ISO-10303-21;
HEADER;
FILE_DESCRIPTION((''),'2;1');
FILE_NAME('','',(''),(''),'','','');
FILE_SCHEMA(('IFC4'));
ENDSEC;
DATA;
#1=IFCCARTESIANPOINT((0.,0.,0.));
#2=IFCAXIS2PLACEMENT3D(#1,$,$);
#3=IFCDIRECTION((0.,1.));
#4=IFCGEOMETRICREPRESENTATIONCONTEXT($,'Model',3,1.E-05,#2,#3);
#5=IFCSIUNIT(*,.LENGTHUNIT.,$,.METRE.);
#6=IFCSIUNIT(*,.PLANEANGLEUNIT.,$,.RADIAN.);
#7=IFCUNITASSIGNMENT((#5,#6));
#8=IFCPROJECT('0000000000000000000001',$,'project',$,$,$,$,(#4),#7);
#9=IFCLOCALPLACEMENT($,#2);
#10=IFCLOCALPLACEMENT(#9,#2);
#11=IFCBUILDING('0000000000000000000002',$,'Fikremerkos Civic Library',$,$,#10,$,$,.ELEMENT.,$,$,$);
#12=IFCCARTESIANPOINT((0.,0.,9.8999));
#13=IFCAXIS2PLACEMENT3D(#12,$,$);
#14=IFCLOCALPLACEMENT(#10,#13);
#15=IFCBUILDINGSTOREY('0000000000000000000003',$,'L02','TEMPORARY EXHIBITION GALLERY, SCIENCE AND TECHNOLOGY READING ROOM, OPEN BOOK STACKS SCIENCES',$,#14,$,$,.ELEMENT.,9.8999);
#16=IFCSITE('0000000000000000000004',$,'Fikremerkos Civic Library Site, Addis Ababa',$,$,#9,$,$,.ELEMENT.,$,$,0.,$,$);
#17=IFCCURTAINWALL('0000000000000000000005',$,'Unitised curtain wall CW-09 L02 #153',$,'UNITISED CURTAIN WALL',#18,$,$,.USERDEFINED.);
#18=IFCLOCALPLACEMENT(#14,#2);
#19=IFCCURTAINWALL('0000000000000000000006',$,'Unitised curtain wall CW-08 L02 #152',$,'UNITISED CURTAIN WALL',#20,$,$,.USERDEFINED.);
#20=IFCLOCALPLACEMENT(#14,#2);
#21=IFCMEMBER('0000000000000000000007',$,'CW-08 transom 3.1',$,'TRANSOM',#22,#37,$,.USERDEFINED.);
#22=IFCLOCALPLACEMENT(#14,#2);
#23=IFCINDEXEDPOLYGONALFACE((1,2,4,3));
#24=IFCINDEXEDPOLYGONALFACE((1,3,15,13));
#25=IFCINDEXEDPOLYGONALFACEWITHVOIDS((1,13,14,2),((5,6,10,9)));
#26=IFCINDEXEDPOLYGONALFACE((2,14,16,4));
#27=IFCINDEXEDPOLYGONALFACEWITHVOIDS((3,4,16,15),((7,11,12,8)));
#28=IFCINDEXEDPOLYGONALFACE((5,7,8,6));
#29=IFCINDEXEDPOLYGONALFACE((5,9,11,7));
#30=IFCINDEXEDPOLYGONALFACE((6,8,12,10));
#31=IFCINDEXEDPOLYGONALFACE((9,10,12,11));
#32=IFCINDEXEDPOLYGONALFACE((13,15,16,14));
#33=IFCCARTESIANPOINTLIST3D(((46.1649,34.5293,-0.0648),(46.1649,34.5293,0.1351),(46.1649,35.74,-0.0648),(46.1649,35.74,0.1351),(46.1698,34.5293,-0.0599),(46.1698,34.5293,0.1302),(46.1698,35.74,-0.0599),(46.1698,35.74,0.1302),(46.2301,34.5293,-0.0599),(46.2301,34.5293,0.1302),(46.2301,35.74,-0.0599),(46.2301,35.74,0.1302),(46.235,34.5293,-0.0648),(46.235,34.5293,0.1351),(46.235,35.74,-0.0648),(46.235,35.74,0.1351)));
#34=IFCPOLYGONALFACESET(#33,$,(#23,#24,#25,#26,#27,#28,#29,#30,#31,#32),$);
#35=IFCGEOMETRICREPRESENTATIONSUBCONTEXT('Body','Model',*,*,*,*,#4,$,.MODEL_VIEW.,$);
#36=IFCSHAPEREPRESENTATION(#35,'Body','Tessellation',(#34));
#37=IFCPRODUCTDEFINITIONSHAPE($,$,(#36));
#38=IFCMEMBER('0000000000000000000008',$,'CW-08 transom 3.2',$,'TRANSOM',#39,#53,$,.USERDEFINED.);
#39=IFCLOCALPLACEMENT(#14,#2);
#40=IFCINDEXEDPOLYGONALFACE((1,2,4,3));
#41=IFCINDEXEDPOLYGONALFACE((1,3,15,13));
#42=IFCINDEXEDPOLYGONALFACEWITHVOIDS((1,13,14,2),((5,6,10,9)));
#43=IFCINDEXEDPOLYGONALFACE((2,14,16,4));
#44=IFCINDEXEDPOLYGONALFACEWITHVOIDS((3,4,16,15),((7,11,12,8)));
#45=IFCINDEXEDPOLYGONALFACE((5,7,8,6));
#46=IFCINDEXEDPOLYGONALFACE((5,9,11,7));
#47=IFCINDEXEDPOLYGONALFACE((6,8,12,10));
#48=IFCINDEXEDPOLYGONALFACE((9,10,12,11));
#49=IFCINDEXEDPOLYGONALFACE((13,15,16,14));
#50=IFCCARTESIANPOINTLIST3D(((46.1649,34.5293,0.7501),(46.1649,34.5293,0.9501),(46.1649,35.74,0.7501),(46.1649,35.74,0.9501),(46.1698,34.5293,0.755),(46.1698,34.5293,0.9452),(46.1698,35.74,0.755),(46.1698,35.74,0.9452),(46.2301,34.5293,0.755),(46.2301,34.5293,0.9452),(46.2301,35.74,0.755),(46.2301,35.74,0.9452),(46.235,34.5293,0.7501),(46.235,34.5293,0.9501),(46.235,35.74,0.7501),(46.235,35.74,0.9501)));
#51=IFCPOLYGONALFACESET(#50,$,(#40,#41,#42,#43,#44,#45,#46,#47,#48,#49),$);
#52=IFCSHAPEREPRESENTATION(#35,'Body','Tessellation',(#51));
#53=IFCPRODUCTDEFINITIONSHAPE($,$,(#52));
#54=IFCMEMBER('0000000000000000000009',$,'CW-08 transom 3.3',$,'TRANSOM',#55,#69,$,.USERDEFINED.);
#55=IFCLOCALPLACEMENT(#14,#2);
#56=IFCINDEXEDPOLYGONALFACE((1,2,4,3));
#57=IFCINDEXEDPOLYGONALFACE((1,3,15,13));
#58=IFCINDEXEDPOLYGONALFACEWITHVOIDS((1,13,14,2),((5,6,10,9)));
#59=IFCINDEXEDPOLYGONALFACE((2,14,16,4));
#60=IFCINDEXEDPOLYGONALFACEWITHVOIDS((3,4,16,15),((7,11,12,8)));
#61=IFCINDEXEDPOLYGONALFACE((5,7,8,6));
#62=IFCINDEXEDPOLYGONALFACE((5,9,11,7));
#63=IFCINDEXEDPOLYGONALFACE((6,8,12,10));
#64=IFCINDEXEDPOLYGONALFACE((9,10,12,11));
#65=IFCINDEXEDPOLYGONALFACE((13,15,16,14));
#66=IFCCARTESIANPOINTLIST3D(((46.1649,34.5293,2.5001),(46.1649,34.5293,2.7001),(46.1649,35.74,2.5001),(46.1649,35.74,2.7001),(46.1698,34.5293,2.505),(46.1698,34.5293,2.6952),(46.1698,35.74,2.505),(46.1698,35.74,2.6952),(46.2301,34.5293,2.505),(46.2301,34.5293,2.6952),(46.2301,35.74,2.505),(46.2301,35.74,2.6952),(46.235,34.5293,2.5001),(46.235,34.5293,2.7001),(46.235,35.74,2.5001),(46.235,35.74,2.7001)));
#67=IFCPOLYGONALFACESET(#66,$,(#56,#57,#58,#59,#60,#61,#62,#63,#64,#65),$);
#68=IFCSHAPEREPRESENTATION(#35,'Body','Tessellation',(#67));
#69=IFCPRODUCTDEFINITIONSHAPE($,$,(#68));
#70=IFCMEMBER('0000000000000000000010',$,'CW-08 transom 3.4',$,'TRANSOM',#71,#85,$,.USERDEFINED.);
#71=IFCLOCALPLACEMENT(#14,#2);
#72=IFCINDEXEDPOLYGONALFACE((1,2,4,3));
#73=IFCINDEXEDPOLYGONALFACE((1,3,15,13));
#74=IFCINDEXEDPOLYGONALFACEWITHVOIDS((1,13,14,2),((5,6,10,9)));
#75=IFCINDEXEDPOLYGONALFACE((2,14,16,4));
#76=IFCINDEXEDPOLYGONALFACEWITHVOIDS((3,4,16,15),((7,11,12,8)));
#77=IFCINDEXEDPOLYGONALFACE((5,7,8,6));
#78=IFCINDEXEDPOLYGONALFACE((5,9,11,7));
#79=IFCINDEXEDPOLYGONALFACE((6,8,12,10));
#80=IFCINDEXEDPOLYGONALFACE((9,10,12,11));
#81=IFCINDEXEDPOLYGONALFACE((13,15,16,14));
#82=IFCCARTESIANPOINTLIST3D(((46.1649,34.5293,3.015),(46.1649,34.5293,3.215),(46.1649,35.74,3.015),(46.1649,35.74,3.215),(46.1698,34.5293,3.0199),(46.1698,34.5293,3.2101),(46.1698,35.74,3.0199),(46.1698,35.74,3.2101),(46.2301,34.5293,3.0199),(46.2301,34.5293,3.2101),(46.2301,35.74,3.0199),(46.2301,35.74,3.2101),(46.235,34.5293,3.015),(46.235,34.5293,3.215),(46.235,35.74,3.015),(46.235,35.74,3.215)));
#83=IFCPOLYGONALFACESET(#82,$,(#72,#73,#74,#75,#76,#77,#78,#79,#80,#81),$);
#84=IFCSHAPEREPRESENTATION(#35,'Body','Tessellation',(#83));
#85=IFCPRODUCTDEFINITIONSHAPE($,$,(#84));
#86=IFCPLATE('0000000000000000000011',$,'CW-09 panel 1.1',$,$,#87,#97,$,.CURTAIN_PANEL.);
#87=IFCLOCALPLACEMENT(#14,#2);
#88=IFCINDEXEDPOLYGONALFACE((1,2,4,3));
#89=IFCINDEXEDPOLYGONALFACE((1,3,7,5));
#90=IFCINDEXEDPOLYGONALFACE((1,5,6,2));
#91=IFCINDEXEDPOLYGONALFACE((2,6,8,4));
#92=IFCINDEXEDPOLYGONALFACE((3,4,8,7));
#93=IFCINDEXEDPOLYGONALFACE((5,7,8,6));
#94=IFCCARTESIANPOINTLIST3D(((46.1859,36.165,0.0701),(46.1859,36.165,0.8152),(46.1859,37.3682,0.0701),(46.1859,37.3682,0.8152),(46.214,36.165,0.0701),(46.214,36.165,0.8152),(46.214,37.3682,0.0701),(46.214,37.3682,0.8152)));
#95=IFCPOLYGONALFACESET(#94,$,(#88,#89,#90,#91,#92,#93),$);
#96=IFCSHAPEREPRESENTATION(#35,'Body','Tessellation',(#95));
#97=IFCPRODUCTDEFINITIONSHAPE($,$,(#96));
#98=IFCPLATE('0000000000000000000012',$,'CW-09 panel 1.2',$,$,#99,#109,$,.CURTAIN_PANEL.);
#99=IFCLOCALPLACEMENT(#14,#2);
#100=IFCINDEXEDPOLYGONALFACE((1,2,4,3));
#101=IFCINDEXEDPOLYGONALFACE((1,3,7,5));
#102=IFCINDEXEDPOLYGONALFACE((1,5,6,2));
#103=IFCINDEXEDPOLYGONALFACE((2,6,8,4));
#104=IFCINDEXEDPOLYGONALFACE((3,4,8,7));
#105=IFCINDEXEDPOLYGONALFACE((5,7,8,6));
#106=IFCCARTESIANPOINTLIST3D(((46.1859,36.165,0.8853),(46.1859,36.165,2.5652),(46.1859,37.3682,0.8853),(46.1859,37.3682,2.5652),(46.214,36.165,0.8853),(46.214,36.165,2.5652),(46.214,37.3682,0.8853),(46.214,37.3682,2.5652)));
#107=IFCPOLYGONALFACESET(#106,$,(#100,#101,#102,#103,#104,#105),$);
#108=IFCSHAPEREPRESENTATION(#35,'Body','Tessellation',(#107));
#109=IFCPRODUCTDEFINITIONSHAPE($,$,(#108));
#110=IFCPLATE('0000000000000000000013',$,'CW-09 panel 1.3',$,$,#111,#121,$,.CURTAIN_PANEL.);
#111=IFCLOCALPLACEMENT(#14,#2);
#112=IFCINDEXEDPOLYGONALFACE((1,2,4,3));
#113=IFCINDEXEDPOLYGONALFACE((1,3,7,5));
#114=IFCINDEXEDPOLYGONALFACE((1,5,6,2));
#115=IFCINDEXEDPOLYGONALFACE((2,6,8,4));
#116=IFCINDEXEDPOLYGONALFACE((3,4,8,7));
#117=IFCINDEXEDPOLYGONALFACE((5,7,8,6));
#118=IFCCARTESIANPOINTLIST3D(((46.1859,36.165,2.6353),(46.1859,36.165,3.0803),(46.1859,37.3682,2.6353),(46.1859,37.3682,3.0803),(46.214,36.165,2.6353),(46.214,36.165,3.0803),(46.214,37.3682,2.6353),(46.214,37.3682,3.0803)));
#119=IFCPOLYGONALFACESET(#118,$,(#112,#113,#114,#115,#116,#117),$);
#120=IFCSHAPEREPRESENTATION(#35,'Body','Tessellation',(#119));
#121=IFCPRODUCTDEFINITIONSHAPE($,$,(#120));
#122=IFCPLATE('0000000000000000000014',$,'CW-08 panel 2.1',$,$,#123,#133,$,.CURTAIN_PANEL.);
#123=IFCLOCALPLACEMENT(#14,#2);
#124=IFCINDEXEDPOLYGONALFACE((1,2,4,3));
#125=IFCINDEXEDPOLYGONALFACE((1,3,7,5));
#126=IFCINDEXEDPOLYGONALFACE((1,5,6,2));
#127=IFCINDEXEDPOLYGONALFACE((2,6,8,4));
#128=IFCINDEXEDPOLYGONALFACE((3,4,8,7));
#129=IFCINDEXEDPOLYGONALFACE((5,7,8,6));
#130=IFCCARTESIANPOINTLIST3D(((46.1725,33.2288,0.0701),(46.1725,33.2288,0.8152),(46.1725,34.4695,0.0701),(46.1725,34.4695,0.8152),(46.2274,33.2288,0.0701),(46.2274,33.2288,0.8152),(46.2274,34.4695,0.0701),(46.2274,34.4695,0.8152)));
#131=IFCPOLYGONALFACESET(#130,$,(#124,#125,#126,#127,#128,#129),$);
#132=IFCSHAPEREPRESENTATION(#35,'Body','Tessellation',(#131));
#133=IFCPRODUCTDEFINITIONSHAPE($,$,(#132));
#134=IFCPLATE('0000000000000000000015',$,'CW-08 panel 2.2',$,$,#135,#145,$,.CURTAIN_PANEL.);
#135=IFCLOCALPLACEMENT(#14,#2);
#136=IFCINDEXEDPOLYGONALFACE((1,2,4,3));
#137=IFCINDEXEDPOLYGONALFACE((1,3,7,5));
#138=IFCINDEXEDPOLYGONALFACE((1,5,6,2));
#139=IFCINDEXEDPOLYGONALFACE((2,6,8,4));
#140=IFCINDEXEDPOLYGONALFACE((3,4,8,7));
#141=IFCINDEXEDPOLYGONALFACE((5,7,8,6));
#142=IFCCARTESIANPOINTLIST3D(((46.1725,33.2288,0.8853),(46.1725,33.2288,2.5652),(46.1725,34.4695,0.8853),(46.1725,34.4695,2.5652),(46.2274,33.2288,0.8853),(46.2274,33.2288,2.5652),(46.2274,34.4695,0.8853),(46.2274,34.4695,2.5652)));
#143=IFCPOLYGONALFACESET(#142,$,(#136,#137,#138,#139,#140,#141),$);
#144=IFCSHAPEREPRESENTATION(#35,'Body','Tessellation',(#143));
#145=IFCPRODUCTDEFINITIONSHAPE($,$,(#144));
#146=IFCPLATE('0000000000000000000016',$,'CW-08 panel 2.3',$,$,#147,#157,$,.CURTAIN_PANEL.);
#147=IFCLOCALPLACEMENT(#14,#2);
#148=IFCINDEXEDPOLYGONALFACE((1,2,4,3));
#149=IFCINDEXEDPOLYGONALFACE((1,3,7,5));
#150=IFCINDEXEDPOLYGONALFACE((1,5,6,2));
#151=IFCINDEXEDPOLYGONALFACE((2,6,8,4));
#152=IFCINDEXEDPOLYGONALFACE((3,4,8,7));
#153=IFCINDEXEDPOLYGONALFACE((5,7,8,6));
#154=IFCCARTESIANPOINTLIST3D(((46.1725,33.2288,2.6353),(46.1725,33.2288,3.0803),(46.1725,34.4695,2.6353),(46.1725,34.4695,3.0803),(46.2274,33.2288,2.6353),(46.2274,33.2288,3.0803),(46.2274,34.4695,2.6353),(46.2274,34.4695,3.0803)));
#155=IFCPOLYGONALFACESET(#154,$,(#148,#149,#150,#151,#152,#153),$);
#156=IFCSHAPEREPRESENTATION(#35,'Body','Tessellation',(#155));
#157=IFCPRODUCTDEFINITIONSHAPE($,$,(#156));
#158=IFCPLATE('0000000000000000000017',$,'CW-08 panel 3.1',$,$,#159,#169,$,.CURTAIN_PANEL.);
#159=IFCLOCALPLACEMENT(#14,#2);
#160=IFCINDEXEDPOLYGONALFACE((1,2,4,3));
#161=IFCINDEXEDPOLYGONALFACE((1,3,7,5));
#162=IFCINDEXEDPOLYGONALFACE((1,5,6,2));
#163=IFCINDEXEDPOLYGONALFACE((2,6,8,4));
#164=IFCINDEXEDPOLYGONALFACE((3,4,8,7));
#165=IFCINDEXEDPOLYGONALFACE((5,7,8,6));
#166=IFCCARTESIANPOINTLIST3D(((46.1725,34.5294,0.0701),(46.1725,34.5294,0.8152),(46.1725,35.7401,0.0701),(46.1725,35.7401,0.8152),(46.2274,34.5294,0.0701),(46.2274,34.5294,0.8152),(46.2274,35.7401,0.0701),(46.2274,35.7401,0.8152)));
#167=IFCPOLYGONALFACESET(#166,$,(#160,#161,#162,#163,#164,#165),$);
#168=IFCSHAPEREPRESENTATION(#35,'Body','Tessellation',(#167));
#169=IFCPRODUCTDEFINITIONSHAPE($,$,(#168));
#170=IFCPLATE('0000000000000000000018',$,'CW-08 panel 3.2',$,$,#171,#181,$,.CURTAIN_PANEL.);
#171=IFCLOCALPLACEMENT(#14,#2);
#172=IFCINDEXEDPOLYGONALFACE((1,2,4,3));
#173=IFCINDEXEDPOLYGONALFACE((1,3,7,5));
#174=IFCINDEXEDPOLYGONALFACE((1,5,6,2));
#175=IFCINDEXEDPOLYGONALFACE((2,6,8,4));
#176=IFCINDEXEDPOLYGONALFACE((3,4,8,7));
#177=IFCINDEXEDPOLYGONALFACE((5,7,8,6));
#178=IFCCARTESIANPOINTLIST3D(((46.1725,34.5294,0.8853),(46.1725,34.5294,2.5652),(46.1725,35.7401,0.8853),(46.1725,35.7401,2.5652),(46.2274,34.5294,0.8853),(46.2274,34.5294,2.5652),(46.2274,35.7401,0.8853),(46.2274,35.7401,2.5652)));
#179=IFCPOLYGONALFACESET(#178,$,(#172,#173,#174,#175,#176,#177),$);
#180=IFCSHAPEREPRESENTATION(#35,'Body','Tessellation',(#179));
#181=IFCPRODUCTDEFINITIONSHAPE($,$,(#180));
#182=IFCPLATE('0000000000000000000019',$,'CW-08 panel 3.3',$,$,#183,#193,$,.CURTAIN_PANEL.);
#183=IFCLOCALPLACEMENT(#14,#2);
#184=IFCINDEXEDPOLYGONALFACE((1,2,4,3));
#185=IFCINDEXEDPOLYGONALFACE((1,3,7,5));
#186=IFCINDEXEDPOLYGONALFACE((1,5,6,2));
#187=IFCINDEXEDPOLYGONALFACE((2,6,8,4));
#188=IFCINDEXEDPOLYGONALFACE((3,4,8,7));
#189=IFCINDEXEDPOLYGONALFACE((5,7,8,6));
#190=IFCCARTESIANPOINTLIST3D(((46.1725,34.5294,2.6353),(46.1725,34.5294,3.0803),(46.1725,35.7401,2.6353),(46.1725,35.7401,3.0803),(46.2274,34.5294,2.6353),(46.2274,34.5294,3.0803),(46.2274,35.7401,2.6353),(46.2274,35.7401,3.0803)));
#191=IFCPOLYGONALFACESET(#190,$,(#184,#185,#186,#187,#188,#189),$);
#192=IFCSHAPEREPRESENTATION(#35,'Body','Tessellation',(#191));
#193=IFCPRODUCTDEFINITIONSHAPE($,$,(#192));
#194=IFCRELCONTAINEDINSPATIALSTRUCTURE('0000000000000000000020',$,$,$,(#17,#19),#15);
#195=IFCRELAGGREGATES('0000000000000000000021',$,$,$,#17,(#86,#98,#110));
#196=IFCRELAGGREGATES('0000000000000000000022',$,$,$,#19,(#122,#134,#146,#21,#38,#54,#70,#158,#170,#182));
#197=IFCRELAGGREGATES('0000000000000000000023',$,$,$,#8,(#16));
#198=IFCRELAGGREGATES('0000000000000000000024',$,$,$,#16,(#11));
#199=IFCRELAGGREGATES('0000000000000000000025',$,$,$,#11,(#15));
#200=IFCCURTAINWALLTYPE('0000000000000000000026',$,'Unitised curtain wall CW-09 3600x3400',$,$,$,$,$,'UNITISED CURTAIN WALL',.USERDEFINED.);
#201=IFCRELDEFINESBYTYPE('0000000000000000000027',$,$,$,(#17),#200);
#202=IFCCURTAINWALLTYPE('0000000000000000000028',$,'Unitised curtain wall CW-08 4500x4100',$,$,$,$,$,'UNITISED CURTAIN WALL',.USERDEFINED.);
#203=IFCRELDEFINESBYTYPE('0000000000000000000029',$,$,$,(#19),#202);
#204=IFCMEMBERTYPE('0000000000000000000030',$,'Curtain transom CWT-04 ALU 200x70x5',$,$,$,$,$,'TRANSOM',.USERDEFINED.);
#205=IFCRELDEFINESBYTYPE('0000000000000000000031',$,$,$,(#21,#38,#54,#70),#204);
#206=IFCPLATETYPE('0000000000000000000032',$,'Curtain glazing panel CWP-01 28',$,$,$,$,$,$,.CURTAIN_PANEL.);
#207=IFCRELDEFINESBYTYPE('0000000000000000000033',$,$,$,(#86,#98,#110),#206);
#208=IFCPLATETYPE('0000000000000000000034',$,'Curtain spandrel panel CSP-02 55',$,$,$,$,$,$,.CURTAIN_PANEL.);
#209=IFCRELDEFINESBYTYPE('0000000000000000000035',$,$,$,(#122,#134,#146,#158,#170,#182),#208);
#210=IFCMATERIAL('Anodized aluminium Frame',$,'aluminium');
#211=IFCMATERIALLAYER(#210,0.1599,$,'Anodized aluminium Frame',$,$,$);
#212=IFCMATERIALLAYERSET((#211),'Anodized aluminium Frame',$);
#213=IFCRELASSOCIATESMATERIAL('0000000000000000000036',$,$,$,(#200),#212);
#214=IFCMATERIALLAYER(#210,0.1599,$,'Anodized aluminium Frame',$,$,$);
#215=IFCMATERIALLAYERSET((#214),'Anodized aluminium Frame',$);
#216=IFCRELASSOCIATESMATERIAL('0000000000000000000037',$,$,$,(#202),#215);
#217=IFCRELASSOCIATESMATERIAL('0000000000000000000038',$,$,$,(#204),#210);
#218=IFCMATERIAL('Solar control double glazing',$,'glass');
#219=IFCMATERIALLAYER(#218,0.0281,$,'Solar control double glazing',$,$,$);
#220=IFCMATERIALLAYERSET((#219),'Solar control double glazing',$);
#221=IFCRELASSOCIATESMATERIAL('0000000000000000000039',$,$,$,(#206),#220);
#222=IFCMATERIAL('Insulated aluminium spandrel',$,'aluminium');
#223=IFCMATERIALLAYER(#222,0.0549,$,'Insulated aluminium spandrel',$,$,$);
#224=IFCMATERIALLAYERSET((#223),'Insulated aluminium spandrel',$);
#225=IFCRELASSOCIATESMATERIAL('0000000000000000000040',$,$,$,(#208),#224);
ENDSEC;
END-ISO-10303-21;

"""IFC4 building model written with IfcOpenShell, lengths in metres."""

from ifc_helpers import new_model, si_unit, direction, frame, origin, origin_2d, place, context, subcontext, project, spatial, rectangle, hollow_rectangle, extrude, material, layer, layer_set, material_profile, profile_set, type_object, element, aggregate, save


model = new_model("IFC4")

# Units and contexts
model_context = context("Model", 3, precision=1e-05, world=origin(), true_north=direction((0.0, 1.0)))
body_context = subcontext(model_context, "Body", "Model", "MODEL_VIEW")
ifc_project = project(units=[si_unit("LENGTHUNIT", "METRE"), si_unit("PLANEANGLEUNIT", "RADIAN")], contexts=[model_context])

# Site, building, storey
site_placement = place(None, origin())
site = spatial("IfcSite", under=ifc_project, at=site_placement, Name="Fikremerkos Civic Library Site, Addis Ababa", CompositionType="ELEMENT", RefElevation=0.0)
building_placement = place(site_placement, origin())
building = spatial("IfcBuilding", under=site, at=building_placement, Name="Fikremerkos Civic Library", CompositionType="ELEMENT")
storey_placement = place(building_placement, frame((0.0, 0.0, 9.8999)))
storey = spatial("IfcBuildingStorey", under=building, at=storey_placement, Name="L02", Description="TEMPORARY EXHIBITION GALLERY, SCIENCE AND TECHNOLOGY READING ROOM, OPEN BOOK STACKS SCIENCES", CompositionType="ELEMENT", Elevation=9.8999)

# Curtain walls
ifc_material_1 = material(Name="Anodized aluminium Frame", Category="aluminium")
ifc_layer_1 = layer(ifc_material_1, 0.1599, Name="Anodized aluminium Frame")
ifc_layer_set_1 = layer_set([ifc_layer_1], Name="Anodized aluminium Frame")
curtain_wall_type_1 = type_object("IfcCurtainWallType", Name="Unitised curtain wall CW-09 3600x3400", ElementType="UNITISED CURTAIN WALL", PredefinedType="USERDEFINED", material=ifc_layer_set_1)
curtain_wall_1_placement = place(storey_placement, origin())
curtain_wall_1 = element("IfcCurtainWall", 1, at=curtain_wall_1_placement, inside=storey, type_object=curtain_wall_type_1, Name="Unitised curtain wall CW-09 L02 #153", ObjectType="UNITISED CURTAIN WALL", PredefinedType="USERDEFINED")
ifc_layer_2 = layer(ifc_material_1, 0.1599, Name="Anodized aluminium Frame")
ifc_layer_set_2 = layer_set([ifc_layer_2], Name="Anodized aluminium Frame")
curtain_wall_type_2 = type_object("IfcCurtainWallType", Name="Unitised curtain wall CW-08 4500x4100", ElementType="UNITISED CURTAIN WALL", PredefinedType="USERDEFINED", material=ifc_layer_set_2)
curtain_wall_2_placement = place(storey_placement, origin())
curtain_wall_2 = element("IfcCurtainWall", 2, at=curtain_wall_2_placement, inside=storey, type_object=curtain_wall_type_2, Name="Unitised curtain wall CW-08 L02 #152", ObjectType="UNITISED CURTAIN WALL", PredefinedType="USERDEFINED")

# Members
ifc_material_profile_1 = material_profile(ifc_material_1, hollow_rectangle(XDim=0.0701, YDim=0.2, WallThickness=0.0049, at=origin_2d()), Name="ALU 200x70x5")
ifc_profile_set_1 = profile_set([ifc_material_profile_1], Name="Anodized aluminium Frame")
member_type_1 = type_object("IfcMemberType", Name="Curtain transom CWT-04 ALU 200x70x5", ElementType="TRANSOM", PredefinedType="USERDEFINED", material=ifc_profile_set_1)
member_1_placement = place(storey_placement, frame((46.2, 34.5293, 0.0352), z_axis=(0.0, 1.0, 0.0), x_axis=(-1.0, 0.0, 0.0)))
member_1 = element("IfcMember", 3, at=member_1_placement, type_object=member_type_1, Name="CW-08 transom 3.1", ObjectType="TRANSOM", PredefinedType="USERDEFINED", context=body_context, shape_type="SweptSolid", body=[
    extrude(hollow_rectangle(XDim=0.0701, YDim=0.2, WallThickness=0.0049, at=origin_2d()), origin(), (0.0, 0.0, 1.0), 1.2107),
])
member_2_placement = place(storey_placement, frame((46.2, 34.5293, 0.8501), z_axis=(0.0, 1.0, 0.0), x_axis=(-1.0, 0.0, 0.0)))
member_2 = element("IfcMember", 4, at=member_2_placement, type_object=member_type_1, Name="CW-08 transom 3.2", ObjectType="TRANSOM", PredefinedType="USERDEFINED", context=body_context, shape_type="SweptSolid", body=[
    extrude(hollow_rectangle(XDim=0.0701, YDim=0.2, WallThickness=0.0049, at=origin_2d()), origin(), (0.0, 0.0, 1.0), 1.2107),
])
member_3_placement = place(storey_placement, frame((46.2, 34.5293, 2.6001), z_axis=(0.0, 1.0, 0.0), x_axis=(-1.0, 0.0, 0.0)))
member_3 = element("IfcMember", 5, at=member_3_placement, type_object=member_type_1, Name="CW-08 transom 3.3", ObjectType="TRANSOM", PredefinedType="USERDEFINED", context=body_context, shape_type="SweptSolid", body=[
    extrude(hollow_rectangle(XDim=0.0701, YDim=0.2, WallThickness=0.0049, at=origin_2d()), origin(), (0.0, 0.0, 1.0), 1.2107),
])
member_4_placement = place(storey_placement, frame((46.2, 34.5293, 3.115), z_axis=(0.0, 1.0, 0.0), x_axis=(-1.0, 0.0, 0.0)))
member_4 = element("IfcMember", 6, at=member_4_placement, type_object=member_type_1, Name="CW-08 transom 3.4", ObjectType="TRANSOM", PredefinedType="USERDEFINED", context=body_context, shape_type="SweptSolid", body=[
    extrude(hollow_rectangle(XDim=0.0701, YDim=0.2, WallThickness=0.0049, at=origin_2d()), origin(), (0.0, 0.0, 1.0), 1.2107),
])

# Plates
ifc_material_2 = material(Name="Solar control double glazing", Category="glass")
ifc_layer_3 = layer(ifc_material_2, 0.0281, Name="Solar control double glazing")
ifc_layer_set_3 = layer_set([ifc_layer_3], Name="Solar control double glazing")
plate_type_1 = type_object("IfcPlateType", Name="Curtain glazing panel CWP-01 28", PredefinedType="CURTAIN_PANEL", material=ifc_layer_set_3)
plate_1_placement = place(storey_placement, frame((46.2, 36.7666, 0.0701), z_axis=(0.0, 0.0, 1.0), x_axis=(0.0, 1.0, 0.0)))
plate_1 = element("IfcPlate", 7, at=plate_1_placement, type_object=plate_type_1, Name="CW-09 panel 1.1", PredefinedType="CURTAIN_PANEL", context=body_context, shape_type="SweptSolid", body=[
    extrude(rectangle(XDim=1.2031, YDim=0.0281, at=origin_2d()), origin(), (0.0, 0.0, 1.0), 0.7451),
])
plate_2_placement = place(storey_placement, frame((46.2, 36.7666, 0.8853), z_axis=(0.0, 0.0, 1.0), x_axis=(0.0, 1.0, 0.0)))
plate_2 = element("IfcPlate", 8, at=plate_2_placement, type_object=plate_type_1, Name="CW-09 panel 1.2", PredefinedType="CURTAIN_PANEL", context=body_context, shape_type="SweptSolid", body=[
    extrude(rectangle(XDim=1.2031, YDim=0.0281, at=origin_2d()), origin(), (0.0, 0.0, 1.0), 1.6799),
])
plate_3_placement = place(storey_placement, frame((46.2, 36.7666, 2.6353), z_axis=(0.0, 0.0, 1.0), x_axis=(0.0, 1.0, 0.0)))
plate_3 = element("IfcPlate", 9, at=plate_3_placement, type_object=plate_type_1, Name="CW-09 panel 1.3", PredefinedType="CURTAIN_PANEL", context=body_context, shape_type="SweptSolid", body=[
    extrude(rectangle(XDim=1.2031, YDim=0.0281, at=origin_2d()), origin(), (0.0, 0.0, 1.0), 0.4451),
])
aggregate(curtain_wall_1, [plate_1, plate_2, plate_3])
ifc_material_3 = material(Name="Insulated aluminium spandrel", Category="aluminium")
ifc_layer_4 = layer(ifc_material_3, 0.0549, Name="Insulated aluminium spandrel")
ifc_layer_set_4 = layer_set([ifc_layer_4], Name="Insulated aluminium spandrel")
plate_type_2 = type_object("IfcPlateType", Name="Curtain spandrel panel CSP-02 55", PredefinedType="CURTAIN_PANEL", material=ifc_layer_set_4)
plate_4_placement = place(storey_placement, frame((46.2, 33.8491, 0.0701), z_axis=(0.0, 0.0, 1.0), x_axis=(0.0, 1.0, 0.0)))
plate_4 = element("IfcPlate", 10, at=plate_4_placement, type_object=plate_type_2, Name="CW-08 panel 2.1", PredefinedType="CURTAIN_PANEL", context=body_context, shape_type="SweptSolid", body=[
    extrude(rectangle(XDim=1.2407, YDim=0.0549, at=origin_2d()), origin(), (0.0, 0.0, 1.0), 0.7451),
])
plate_5_placement = place(storey_placement, frame((46.2, 33.8491, 0.8853), z_axis=(0.0, 0.0, 1.0), x_axis=(0.0, 1.0, 0.0)))
plate_5 = element("IfcPlate", 11, at=plate_5_placement, type_object=plate_type_2, Name="CW-08 panel 2.2", PredefinedType="CURTAIN_PANEL", context=body_context, shape_type="SweptSolid", body=[
    extrude(rectangle(XDim=1.2407, YDim=0.0549, at=origin_2d()), origin(), (0.0, 0.0, 1.0), 1.6799),
])
plate_6_placement = place(storey_placement, frame((46.2, 33.8491, 2.6353), z_axis=(0.0, 0.0, 1.0), x_axis=(0.0, 1.0, 0.0)))
plate_6 = element("IfcPlate", 12, at=plate_6_placement, type_object=plate_type_2, Name="CW-08 panel 2.3", PredefinedType="CURTAIN_PANEL", context=body_context, shape_type="SweptSolid", body=[
    extrude(rectangle(XDim=1.2407, YDim=0.0549, at=origin_2d()), origin(), (0.0, 0.0, 1.0), 0.4451),
])
plate_7_placement = place(storey_placement, frame((46.2, 35.1348, 0.0701), z_axis=(0.0, 0.0, 1.0), x_axis=(0.0, 1.0, 0.0)))
plate_7 = element("IfcPlate", 13, at=plate_7_placement, type_object=plate_type_2, Name="CW-08 panel 3.1", PredefinedType="CURTAIN_PANEL", context=body_context, shape_type="SweptSolid", body=[
    extrude(rectangle(XDim=1.2107, YDim=0.0549, at=origin_2d()), origin(), (0.0, 0.0, 1.0), 0.7451),
])
plate_8_placement = place(storey_placement, frame((46.2, 35.1348, 0.8853), z_axis=(0.0, 0.0, 1.0), x_axis=(0.0, 1.0, 0.0)))
plate_8 = element("IfcPlate", 14, at=plate_8_placement, type_object=plate_type_2, Name="CW-08 panel 3.2", PredefinedType="CURTAIN_PANEL", context=body_context, shape_type="SweptSolid", body=[
    extrude(rectangle(XDim=1.2107, YDim=0.0549, at=origin_2d()), origin(), (0.0, 0.0, 1.0), 1.6799),
])
plate_9_placement = place(storey_placement, frame((46.2, 35.1348, 2.6353), z_axis=(0.0, 0.0, 1.0), x_axis=(0.0, 1.0, 0.0)))
plate_9 = element("IfcPlate", 15, at=plate_9_placement, type_object=plate_type_2, Name="CW-08 panel 3.3", PredefinedType="CURTAIN_PANEL", context=body_context, shape_type="SweptSolid", body=[
    extrude(rectangle(XDim=1.2107, YDim=0.0549, at=origin_2d()), origin(), (0.0, 0.0, 1.0), 0.4451),
])
aggregate(curtain_wall_2, [plate_4, plate_5, plate_6, member_1, member_2, member_3, member_4, plate_7, plate_8, plate_9])

save(model, "model.ifc")
